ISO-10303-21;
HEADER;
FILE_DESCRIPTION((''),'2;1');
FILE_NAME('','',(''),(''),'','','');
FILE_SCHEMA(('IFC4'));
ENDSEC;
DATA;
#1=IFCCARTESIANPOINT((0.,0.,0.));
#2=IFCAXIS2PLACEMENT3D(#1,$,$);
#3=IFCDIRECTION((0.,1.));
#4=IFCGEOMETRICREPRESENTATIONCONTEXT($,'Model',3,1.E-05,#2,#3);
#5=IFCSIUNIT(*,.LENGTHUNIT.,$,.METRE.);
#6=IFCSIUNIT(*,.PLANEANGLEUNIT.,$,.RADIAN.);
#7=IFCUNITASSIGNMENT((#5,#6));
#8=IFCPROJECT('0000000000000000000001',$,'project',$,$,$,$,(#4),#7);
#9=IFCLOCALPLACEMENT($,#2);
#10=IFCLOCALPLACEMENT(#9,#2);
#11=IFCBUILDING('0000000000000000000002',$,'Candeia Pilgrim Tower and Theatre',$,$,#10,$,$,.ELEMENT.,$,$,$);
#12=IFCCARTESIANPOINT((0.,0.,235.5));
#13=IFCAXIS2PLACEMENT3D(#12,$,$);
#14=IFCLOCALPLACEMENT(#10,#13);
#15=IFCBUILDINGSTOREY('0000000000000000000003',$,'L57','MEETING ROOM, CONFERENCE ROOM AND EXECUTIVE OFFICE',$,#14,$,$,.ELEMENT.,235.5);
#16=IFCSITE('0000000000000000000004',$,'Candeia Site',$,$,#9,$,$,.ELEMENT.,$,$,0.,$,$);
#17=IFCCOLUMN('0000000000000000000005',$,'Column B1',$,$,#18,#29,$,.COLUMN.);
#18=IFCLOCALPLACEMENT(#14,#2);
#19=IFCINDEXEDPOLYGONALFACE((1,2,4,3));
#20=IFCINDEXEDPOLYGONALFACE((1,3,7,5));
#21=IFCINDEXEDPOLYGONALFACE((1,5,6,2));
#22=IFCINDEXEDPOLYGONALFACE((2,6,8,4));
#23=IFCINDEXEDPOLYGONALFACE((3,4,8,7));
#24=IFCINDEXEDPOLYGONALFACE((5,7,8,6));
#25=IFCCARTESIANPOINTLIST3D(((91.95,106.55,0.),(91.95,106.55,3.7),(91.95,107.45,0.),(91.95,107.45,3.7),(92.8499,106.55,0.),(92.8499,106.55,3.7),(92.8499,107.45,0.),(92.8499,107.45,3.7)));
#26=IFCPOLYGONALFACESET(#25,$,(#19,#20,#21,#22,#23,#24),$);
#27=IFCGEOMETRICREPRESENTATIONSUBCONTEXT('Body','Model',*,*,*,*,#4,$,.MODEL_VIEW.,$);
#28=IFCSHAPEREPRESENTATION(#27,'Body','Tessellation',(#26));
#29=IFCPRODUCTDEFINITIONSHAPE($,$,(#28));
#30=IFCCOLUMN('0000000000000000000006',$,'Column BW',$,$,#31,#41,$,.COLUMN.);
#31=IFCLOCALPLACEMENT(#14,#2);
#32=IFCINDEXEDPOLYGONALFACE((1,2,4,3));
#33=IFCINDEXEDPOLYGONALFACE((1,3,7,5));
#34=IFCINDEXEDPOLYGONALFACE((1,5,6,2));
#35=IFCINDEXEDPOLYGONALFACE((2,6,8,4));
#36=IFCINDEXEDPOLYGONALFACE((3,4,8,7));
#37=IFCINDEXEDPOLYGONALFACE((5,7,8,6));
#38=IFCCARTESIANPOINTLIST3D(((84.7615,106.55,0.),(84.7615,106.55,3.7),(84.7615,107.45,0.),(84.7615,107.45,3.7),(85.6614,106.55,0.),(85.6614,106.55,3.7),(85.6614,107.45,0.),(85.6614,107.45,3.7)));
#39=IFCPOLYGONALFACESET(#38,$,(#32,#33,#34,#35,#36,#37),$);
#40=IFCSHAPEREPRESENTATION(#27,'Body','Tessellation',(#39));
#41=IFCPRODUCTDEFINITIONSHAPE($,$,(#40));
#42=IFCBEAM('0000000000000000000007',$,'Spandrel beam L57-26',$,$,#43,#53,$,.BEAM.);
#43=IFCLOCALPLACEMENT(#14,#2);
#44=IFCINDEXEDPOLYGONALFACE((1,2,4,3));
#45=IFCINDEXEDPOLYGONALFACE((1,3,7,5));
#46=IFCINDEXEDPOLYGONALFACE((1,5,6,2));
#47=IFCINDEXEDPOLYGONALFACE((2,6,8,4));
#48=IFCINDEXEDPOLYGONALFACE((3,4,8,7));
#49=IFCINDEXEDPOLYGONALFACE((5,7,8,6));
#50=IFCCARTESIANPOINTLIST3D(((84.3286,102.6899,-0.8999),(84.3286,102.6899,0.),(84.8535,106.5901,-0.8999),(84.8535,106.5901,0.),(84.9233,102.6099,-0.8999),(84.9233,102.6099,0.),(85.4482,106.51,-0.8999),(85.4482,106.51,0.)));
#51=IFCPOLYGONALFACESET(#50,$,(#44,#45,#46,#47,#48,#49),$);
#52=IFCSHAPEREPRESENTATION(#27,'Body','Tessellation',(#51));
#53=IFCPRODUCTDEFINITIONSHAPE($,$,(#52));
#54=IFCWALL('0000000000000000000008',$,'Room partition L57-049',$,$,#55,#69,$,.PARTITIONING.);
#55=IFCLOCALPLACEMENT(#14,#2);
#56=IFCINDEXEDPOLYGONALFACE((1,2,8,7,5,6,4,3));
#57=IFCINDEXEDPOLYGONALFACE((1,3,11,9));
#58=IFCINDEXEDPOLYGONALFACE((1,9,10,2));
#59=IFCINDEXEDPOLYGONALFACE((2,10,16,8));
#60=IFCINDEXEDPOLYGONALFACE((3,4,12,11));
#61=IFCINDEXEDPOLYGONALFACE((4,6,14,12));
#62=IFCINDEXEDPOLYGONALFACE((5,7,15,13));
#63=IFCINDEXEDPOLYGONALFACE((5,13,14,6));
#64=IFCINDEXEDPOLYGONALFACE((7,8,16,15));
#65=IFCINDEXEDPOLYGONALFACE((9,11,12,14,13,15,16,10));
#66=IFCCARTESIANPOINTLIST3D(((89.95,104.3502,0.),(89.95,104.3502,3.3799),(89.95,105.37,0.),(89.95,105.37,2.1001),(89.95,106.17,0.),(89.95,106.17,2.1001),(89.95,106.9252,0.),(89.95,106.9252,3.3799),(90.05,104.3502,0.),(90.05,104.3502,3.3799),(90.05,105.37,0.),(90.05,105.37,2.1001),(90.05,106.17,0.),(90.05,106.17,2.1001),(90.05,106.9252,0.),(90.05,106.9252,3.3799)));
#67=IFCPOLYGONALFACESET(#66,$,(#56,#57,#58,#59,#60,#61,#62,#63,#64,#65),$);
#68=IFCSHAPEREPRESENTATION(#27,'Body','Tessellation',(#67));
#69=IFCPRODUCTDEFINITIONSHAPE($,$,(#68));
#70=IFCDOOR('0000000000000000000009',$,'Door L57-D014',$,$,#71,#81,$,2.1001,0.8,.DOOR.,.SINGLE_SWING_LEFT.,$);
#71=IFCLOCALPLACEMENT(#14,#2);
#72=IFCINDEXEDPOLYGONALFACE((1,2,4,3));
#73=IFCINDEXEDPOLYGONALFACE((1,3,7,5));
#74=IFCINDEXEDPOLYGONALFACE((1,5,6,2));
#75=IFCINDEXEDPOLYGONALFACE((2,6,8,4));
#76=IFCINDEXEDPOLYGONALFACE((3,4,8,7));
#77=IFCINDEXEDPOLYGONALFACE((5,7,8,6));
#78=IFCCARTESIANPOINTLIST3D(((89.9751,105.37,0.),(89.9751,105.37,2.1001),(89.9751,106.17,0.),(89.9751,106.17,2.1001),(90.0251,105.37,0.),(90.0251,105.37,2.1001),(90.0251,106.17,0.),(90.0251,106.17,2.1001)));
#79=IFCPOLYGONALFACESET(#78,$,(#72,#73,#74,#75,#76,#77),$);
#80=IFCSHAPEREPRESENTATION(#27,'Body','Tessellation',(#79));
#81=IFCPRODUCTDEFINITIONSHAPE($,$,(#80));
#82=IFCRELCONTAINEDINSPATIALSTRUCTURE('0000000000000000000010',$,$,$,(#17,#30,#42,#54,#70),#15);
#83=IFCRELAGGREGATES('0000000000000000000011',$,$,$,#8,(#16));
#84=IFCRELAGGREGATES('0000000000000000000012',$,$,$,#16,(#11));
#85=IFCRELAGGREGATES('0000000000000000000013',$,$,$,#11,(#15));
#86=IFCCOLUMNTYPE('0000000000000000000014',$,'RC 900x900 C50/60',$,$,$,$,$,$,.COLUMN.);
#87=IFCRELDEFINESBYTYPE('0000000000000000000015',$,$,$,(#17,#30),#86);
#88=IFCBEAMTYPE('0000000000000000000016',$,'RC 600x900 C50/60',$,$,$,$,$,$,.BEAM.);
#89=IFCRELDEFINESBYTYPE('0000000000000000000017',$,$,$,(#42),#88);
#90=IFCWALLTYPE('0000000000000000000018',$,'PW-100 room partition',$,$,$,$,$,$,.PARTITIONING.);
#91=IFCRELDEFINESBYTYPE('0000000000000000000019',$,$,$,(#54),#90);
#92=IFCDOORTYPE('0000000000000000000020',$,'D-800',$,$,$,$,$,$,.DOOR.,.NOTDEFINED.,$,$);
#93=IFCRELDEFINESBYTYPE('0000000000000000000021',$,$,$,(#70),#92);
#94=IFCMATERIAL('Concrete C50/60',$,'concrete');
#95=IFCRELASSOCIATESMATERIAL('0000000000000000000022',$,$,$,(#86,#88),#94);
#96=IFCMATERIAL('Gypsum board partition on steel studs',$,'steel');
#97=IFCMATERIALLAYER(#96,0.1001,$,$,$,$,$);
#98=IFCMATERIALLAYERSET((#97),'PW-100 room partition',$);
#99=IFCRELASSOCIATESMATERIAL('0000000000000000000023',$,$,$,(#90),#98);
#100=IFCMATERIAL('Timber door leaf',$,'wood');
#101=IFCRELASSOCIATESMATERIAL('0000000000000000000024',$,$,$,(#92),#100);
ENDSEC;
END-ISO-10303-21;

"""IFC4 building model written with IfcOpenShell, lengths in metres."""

from ifc_helpers import new_model, si_unit, direction, frame, frame_2d, origin, origin_2d, place, context, subcontext, project, spatial, rectangle, extrude, material, layer, layer_set, material_profile, profile_set, type_object, element, fill, save


model = new_model("IFC4")

# Units and contexts
model_context = context("Model", 3, precision=1e-05, world=origin(), true_north=direction((0.0, 1.0)))
body_context = subcontext(model_context, "Body", "Model", "MODEL_VIEW")
ifc_project = project(units=[si_unit("LENGTHUNIT", "METRE"), si_unit("PLANEANGLEUNIT", "RADIAN")], contexts=[model_context])

# Site, building, storey
site_placement = place(None, origin())
site = spatial("IfcSite", under=ifc_project, at=site_placement, Name="Candeia Site", CompositionType="ELEMENT", RefElevation=0.0)
building_placement = place(site_placement, origin())
building = spatial("IfcBuilding", under=site, at=building_placement, Name="Candeia Pilgrim Tower and Theatre", CompositionType="ELEMENT")
storey_placement = place(building_placement, frame((0.0, 0.0, 235.5)))
storey = spatial("IfcBuildingStorey", under=building, at=storey_placement, Name="L57", Description="MEETING ROOM, CONFERENCE ROOM AND EXECUTIVE OFFICE", CompositionType="ELEMENT", Elevation=235.5)

# Columns
ifc_material_1 = material(Name="Concrete C50/60", Category="concrete")
ifc_material_profile_1 = material_profile(ifc_material_1, rectangle(XDim=0.8999, YDim=0.8999, at=origin_2d()))
ifc_profile_set_1 = profile_set([ifc_material_profile_1], Name="Concrete C50/60")
column_type = type_object("IfcColumnType", Name="RC 900x900 C50/60", PredefinedType="COLUMN", material=ifc_profile_set_1)
for number, where, z_axis, x_axis, name in (
    (1, (92.3999, 107.0, 0.0), (0.0, 0.0, 1.0), (1.0, 0.0, 0.0), "Column B1"),
    (2, (85.2114, 107.0, 0.0), (0.0, 0.0, 1.0), (1.0, 0.0, 0.0), "Column BW"),
):
    element("IfcColumn", number, at=place(storey_placement, frame(where, z_axis=z_axis, x_axis=x_axis)), inside=storey, type_object=column_type, Name=name, PredefinedType="COLUMN", context=body_context, shape_type="SweptSolid", body=[
        extrude(rectangle(XDim=0.8999, YDim=0.8999, at=origin_2d()), origin(), (0.0, 0.0, 1.0), 3.7),
    ])

# Beam
ifc_material_profile_2 = material_profile(ifc_material_1, rectangle(XDim=0.6001, YDim=0.8999, at=origin_2d()))
ifc_profile_set_2 = profile_set([ifc_material_profile_2], Name="Concrete C50/60")
beam_type = type_object("IfcBeamType", Name="RC 600x900 C50/60", PredefinedType="BEAM", material=ifc_profile_set_2)
beam_placement = place(storey_placement, frame((85.1509, 106.55, -0.45), z_axis=(-0.133383, -0.991065, 0.0), x_axis=(0.991065, -0.133383, 0.0)))
element("IfcBeam", 3, at=beam_placement, inside=storey, type_object=beam_type, Name="Spandrel beam L57-26", PredefinedType="BEAM", context=body_context, shape_type="SweptSolid", body=[
    extrude(rectangle(XDim=0.6001, YDim=0.8999, at=origin_2d()), origin(), (0.0, 0.0, 1.0), 3.9353),
])

# Wall, opening, door
ifc_material_2 = material(Name="Gypsum board partition on steel studs", Category="steel")
ifc_layer_1 = layer(ifc_material_2, 0.1001)
ifc_layer_set_1 = layer_set([ifc_layer_1], Name="PW-100 room partition")
wall_type_1 = type_object("IfcWallType", Name="PW-100 room partition", PredefinedType="PARTITIONING", material=ifc_layer_set_1)
wall_1_placement = place(storey_placement, frame((90.0, 104.3501, 0.0), z_axis=(0.0, 0.0, 1.0), x_axis=(0.0, 1.0, 0.0)))
wall_1 = element("IfcWall", 4, at=wall_1_placement, inside=storey, type_object=wall_type_1, Name="Room partition L57-049", PredefinedType="PARTITIONING", context=body_context, shape_type="SweptSolid", body=[
    extrude(rectangle(XDim=2.575, YDim=0.1001, at=frame_2d((1.2876, 0.0))), origin(), (0.0, 0.0, 1.0), 3.3799),
])
opening_1_placement = place(wall_1_placement, frame((1.02, 0.0, 0.0)))
opening_1 = element("IfcOpeningElement", 5, at=opening_1_placement, cuts=wall_1, PredefinedType="OPENING", context=body_context, shape_type="SweptSolid", body=[
    extrude(rectangle(XDim=0.8, YDim=2.1001, at=frame_2d((0.3999, 1.05))), frame((0.0, 0.0601, 0.0), z_axis=(0.0, -1.0, 0.0), x_axis=(1.0, 0.0, 0.0)), (0.0, 0.0, 1.0), 0.1201),
])
ifc_material_3 = material(Name="Timber door leaf", Category="wood")
door_type_1 = type_object("IfcDoorType", Name="D-800", OperationType="NOTDEFINED", PredefinedType="DOOR", material=ifc_material_3)
door_1_placement = place(opening_1_placement, origin())
door_1 = element("IfcDoor", 6, at=door_1_placement, inside=storey, type_object=door_type_1, Name="Door L57-D014", OperationType="SINGLE_SWING_LEFT", OverallHeight=2.1001, OverallWidth=0.8, PredefinedType="DOOR", context=body_context, shape_type="SweptSolid", body=[
    extrude(rectangle(XDim=0.8, YDim=2.1001, at=frame_2d((0.3999, 1.05))), frame((0.0, 0.0249, 0.0), z_axis=(0.0, -1.0, 0.0), x_axis=(1.0, 0.0, 0.0)), (0.0, 0.0, 1.0), 0.05),
])
fill(opening_1, door_1)

save(model, "model.ifc")
